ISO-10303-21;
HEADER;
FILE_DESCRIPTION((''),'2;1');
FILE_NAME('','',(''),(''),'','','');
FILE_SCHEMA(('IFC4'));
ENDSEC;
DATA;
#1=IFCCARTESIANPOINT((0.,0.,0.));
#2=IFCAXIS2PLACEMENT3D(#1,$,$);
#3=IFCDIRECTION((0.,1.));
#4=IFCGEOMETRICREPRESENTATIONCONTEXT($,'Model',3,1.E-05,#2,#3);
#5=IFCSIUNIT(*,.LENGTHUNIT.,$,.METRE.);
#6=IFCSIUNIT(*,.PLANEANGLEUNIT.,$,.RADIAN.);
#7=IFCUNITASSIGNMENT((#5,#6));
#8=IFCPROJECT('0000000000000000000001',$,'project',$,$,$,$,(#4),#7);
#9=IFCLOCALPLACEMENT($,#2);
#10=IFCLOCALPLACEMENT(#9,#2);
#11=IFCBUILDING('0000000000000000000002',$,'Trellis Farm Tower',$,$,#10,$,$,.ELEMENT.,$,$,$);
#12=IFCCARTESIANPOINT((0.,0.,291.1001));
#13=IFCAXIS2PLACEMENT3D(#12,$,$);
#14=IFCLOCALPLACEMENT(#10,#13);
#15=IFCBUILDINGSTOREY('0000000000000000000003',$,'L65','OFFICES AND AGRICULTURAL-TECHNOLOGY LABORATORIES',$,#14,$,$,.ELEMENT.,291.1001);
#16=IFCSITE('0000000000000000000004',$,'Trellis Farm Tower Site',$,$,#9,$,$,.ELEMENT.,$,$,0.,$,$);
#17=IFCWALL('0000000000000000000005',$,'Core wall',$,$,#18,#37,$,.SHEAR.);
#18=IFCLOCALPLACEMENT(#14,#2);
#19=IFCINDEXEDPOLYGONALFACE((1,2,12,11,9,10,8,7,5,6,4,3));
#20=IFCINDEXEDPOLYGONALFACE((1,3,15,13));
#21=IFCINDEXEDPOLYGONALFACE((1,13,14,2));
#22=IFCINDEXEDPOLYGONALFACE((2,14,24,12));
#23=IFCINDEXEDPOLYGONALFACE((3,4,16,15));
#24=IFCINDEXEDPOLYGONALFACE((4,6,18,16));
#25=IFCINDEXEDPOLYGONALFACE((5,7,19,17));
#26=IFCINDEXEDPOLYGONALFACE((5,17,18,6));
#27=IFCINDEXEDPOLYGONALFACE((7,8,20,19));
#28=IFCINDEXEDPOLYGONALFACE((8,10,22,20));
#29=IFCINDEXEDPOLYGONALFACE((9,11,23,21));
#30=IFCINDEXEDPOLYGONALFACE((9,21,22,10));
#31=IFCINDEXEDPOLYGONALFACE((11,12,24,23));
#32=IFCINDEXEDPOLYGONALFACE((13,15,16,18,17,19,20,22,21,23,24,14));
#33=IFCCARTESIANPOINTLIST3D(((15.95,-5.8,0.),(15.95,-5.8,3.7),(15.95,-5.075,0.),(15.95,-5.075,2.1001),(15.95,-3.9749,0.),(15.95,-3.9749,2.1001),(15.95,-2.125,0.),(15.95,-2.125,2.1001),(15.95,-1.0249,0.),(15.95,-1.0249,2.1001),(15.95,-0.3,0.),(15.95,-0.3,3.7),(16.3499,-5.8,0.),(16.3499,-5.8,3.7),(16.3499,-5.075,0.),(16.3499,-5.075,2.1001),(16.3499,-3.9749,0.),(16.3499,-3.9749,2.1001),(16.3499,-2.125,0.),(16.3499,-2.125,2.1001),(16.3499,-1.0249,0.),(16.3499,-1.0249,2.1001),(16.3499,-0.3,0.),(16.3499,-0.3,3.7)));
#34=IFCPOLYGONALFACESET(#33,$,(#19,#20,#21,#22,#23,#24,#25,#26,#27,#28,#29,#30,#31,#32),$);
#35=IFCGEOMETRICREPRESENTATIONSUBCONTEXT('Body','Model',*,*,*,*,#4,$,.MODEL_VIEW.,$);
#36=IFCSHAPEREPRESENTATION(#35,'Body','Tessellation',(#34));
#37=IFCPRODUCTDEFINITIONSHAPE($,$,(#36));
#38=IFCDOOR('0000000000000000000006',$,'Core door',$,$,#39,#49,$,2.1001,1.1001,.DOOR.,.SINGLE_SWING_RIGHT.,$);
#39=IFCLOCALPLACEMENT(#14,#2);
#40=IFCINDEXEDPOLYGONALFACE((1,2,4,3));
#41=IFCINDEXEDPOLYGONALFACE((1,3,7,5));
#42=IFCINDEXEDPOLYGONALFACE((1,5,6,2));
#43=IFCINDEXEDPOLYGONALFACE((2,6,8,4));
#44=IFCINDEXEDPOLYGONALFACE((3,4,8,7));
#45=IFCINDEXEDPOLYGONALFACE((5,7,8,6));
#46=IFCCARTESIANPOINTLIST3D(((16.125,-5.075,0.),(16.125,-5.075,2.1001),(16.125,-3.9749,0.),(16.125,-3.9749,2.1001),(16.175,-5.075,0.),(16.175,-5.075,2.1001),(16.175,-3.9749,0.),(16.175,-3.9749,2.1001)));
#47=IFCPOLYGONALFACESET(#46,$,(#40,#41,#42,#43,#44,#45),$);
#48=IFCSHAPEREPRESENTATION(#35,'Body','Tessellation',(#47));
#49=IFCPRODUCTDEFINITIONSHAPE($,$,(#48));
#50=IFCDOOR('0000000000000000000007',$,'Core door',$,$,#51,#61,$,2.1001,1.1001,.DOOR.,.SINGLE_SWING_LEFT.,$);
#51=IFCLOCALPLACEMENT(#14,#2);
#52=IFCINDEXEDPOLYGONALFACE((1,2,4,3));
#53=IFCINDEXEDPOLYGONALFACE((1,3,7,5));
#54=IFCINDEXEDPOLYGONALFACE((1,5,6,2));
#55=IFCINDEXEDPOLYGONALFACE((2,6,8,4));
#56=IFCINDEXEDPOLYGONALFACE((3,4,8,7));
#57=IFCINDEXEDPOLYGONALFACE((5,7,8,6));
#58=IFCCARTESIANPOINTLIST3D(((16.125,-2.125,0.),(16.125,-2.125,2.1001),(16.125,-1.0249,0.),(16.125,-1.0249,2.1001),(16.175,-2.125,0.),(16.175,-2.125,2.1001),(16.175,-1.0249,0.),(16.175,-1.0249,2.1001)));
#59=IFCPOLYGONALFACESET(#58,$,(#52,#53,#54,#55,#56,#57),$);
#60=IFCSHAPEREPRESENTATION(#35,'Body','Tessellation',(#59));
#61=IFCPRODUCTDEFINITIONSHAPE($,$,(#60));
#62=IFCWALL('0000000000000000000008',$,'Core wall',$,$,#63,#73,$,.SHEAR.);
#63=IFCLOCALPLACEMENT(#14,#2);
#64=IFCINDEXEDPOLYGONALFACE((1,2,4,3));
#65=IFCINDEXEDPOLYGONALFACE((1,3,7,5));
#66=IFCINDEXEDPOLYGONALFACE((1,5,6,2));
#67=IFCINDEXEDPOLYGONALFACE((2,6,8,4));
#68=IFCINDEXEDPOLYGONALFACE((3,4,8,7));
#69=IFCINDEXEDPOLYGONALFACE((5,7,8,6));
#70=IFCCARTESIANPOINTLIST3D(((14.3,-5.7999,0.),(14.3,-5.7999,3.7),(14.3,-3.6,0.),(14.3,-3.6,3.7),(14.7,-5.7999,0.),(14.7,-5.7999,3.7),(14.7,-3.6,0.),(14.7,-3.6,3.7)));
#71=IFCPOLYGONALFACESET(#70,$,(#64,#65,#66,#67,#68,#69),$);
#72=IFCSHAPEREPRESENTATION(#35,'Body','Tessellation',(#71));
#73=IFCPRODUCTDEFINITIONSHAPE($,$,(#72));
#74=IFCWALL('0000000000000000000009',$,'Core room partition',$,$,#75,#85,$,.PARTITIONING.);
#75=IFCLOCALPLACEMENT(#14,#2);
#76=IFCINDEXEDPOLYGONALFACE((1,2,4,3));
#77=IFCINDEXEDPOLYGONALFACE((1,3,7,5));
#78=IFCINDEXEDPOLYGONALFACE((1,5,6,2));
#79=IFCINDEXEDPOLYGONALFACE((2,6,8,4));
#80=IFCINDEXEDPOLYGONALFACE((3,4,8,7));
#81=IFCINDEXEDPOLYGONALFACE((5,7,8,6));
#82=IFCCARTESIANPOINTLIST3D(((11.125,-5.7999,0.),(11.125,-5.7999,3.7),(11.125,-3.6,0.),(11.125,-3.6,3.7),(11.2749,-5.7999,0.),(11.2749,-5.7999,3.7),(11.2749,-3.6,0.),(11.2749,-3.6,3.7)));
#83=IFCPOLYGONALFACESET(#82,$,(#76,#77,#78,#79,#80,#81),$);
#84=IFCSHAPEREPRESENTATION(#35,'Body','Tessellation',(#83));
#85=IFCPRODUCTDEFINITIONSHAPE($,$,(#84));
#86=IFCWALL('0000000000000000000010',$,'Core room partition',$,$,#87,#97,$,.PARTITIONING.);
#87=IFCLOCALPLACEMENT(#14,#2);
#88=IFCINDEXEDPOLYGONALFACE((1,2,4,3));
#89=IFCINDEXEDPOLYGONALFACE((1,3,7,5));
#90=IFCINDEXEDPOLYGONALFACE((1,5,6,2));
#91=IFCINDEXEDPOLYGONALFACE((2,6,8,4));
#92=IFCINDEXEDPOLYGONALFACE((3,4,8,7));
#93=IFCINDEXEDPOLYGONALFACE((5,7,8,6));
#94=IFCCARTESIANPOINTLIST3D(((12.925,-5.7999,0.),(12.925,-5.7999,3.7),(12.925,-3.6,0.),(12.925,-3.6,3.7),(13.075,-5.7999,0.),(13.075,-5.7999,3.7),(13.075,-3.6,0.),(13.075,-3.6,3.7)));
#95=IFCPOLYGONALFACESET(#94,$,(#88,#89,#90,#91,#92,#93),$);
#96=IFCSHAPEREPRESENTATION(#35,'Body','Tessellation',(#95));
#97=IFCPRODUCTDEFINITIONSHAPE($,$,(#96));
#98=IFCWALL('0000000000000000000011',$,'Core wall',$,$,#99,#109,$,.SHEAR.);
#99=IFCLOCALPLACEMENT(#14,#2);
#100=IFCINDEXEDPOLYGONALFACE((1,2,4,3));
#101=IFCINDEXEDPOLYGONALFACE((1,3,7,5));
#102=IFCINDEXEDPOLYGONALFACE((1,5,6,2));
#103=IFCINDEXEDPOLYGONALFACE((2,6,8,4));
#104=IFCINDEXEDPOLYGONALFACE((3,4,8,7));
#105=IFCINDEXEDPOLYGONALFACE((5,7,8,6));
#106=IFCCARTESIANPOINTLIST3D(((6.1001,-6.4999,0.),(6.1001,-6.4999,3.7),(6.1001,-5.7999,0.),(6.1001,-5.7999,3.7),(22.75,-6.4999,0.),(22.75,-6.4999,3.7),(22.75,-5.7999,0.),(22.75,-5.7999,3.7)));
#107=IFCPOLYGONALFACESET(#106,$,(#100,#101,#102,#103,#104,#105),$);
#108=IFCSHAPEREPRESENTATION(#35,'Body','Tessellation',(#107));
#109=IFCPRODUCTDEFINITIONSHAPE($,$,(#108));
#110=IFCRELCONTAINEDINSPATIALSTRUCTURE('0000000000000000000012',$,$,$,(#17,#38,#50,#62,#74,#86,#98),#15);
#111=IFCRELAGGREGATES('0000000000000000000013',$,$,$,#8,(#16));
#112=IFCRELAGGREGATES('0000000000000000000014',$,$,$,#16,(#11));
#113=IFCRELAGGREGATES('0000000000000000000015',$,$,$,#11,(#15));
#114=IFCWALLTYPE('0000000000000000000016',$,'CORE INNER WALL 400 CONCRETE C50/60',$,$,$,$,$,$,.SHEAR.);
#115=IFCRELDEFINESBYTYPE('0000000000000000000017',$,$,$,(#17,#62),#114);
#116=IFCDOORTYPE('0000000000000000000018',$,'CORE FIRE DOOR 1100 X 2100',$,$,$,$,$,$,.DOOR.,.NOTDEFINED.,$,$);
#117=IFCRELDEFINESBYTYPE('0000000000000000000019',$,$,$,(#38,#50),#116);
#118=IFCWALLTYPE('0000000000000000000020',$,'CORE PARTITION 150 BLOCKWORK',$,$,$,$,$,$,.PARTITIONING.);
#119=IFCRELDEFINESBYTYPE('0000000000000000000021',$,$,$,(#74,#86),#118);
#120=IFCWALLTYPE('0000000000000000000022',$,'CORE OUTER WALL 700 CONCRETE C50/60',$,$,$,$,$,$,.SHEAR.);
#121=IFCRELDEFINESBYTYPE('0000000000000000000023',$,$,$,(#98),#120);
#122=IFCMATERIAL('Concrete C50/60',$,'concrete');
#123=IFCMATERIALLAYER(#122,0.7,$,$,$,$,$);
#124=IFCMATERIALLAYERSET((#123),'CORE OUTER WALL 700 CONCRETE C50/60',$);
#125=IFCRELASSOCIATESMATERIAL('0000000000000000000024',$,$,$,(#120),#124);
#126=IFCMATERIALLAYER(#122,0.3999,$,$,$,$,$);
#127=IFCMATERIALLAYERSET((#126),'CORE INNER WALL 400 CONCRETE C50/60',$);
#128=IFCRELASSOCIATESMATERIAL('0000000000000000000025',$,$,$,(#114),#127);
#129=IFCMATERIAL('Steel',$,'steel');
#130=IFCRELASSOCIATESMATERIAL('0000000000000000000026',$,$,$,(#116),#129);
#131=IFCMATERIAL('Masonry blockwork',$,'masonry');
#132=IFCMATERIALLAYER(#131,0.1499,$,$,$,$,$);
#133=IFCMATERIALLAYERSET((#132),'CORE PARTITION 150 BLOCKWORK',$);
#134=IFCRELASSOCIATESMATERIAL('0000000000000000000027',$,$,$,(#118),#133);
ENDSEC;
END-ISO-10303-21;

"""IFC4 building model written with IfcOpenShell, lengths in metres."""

from ifc_helpers import new_model, si_unit, direction, frame, frame_2d, origin, place, context, subcontext, project, spatial, rectangle, extrude, source, transform, mapped, material, layer, layer_set, type_object, element, fill, save


model = new_model("IFC4")

# Units and contexts
model_context = context("Model", 3, precision=1e-05, world=origin(), true_north=direction((0.0, 1.0)))
body_context = subcontext(model_context, "Body", "Model", "MODEL_VIEW")
ifc_project = project(units=[si_unit("LENGTHUNIT", "METRE"), si_unit("PLANEANGLEUNIT", "RADIAN")], contexts=[model_context])

# Site, building, storey
site_placement = place(None, origin())
site = spatial("IfcSite", under=ifc_project, at=site_placement, Name="Trellis Farm Tower Site", CompositionType="ELEMENT", RefElevation=0.0)
building_placement = place(site_placement, origin())
building = spatial("IfcBuilding", under=site, at=building_placement, Name="Trellis Farm Tower", CompositionType="ELEMENT")
storey_placement = place(building_placement, frame((0.0, 0.0, 291.1001)))
storey = spatial("IfcBuildingStorey", under=building, at=storey_placement, Name="L65", Description="OFFICES AND AGRICULTURAL-TECHNOLOGY LABORATORIES", CompositionType="ELEMENT", Elevation=291.1001)

# Shared definitions
ifc_material_1 = material(Name="Concrete C50/60", Category="concrete")
ifc_layer_1 = layer(ifc_material_1, 0.7)
ifc_layer_set_1 = layer_set([ifc_layer_1], Name="CORE OUTER WALL 700 CONCRETE C50/60")
wall_type_1 = type_object("IfcWallType", Name="CORE OUTER WALL 700 CONCRETE C50/60", PredefinedType="SHEAR", material=ifc_layer_set_1)
ifc_material_2 = material(Name="Steel", Category="steel")

# Wall, openings, doors
ifc_layer_2 = layer(ifc_material_1, 0.3999)
ifc_layer_set_2 = layer_set([ifc_layer_2], Name="CORE INNER WALL 400 CONCRETE C50/60")
wall_type_2 = type_object("IfcWallType", Name="CORE INNER WALL 400 CONCRETE C50/60", PredefinedType="SHEAR", material=ifc_layer_set_2)
shared_shape_1 = source(origin(), body_context, "Body", "SweptSolid", [
    extrude(rectangle(XDim=5.5, YDim=0.3999, at=frame_2d((2.75, 0.0))), origin(), (0.0, 0.0, 1.0), 3.7),
])
wall_1_placement = place(storey_placement, frame((16.1499, -5.8, 0.0), z_axis=(0.0, 0.0, 1.0), x_axis=(0.0, 1.0, 0.0)))
wall_1 = element("IfcWall", 1, at=wall_1_placement, inside=storey, type_object=wall_type_2, Name="Core wall", PredefinedType="SHEAR", context=body_context, shape_type="MappedRepresentation", body=[
    mapped(shared_shape_1, transform((0.0, 0.0, 0.0))),
])
shared_shape_2 = source(origin(), body_context, "Body", "SweptSolid", [
    extrude(rectangle(XDim=1.1001, YDim=2.1001, at=frame_2d((0.55, 1.05))), frame((0.0, 0.21, 0.0), z_axis=(0.0, -1.0, 0.0), x_axis=(1.0, 0.0, 0.0)), (0.0, 0.0, 1.0), 0.4199),
])
opening_1_placement = place(wall_1_placement, frame((0.7251, 0.0, 0.0)))
opening_1 = element("IfcOpeningElement", 2, at=opening_1_placement, cuts=wall_1, PredefinedType="OPENING", context=body_context, shape_type="MappedRepresentation", body=[
    mapped(shared_shape_2, transform((0.0, 0.0, 0.0))),
])
opening_2_placement = place(wall_1_placement, frame((3.675, 0.0, 0.0)))
opening_2 = element("IfcOpeningElement", 3, at=opening_2_placement, cuts=wall_1, PredefinedType="OPENING", context=body_context, shape_type="MappedRepresentation", body=[
    mapped(shared_shape_2, transform((0.0, 0.0, 0.0))),
])
door_type_1 = type_object("IfcDoorType", Name="CORE FIRE DOOR 1100 X 2100", OperationType="NOTDEFINED", PredefinedType="DOOR", material=ifc_material_2)
shared_shape_3 = source(origin(), body_context, "Body", "SweptSolid", [
    extrude(rectangle(XDim=1.1001, YDim=2.1001, at=frame_2d((0.55, 1.05))), frame((0.0, 0.0249, 0.0), z_axis=(0.0, -1.0, 0.0), x_axis=(1.0, 0.0, 0.0)), (0.0, 0.0, 1.0), 0.05),
])
door_1_placement = place(opening_1_placement, origin())
door_1 = element("IfcDoor", 4, at=door_1_placement, inside=storey, type_object=door_type_1, Name="Core door", OperationType="SINGLE_SWING_RIGHT", OverallHeight=2.1001, OverallWidth=1.1001, PredefinedType="DOOR", context=body_context, shape_type="MappedRepresentation", body=[
    mapped(shared_shape_3, transform((0.0, 0.0, 0.0))),
])
fill(opening_1, door_1)
door_2_placement = place(opening_2_placement, origin())
door_2 = element("IfcDoor", 5, at=door_2_placement, inside=storey, type_object=door_type_1, Name="Core door", OperationType="SINGLE_SWING_LEFT", OverallHeight=2.1001, OverallWidth=1.1001, PredefinedType="DOOR", context=body_context, shape_type="MappedRepresentation", body=[
    mapped(shared_shape_3, transform((0.0, 0.0, 0.0))),
])
fill(opening_2, door_2)

# Walls
shared_shape_4 = source(origin(), body_context, "Body", "SweptSolid", [
    extrude(rectangle(XDim=2.2, YDim=0.3999, at=frame_2d((1.1001, 0.0))), origin(), (0.0, 0.0, 1.0), 3.7),
])
wall_2_placement = place(storey_placement, frame((14.5, -5.8, 0.0), z_axis=(0.0, 0.0, 1.0), x_axis=(0.0, 1.0, 0.0)))
element("IfcWall", 6, at=wall_2_placement, inside=storey, type_object=wall_type_2, Name="Core wall", PredefinedType="SHEAR", context=body_context, shape_type="MappedRepresentation", body=[
    mapped(shared_shape_4, transform((0.0, 0.0, 0.0))),
])
ifc_material_3 = material(Name="Masonry blockwork", Category="masonry")
ifc_layer_3 = layer(ifc_material_3, 0.1499)
ifc_layer_set_3 = layer_set([ifc_layer_3], Name="CORE PARTITION 150 BLOCKWORK")
wall_type_3 = type_object("IfcWallType", Name="CORE PARTITION 150 BLOCKWORK", PredefinedType="PARTITIONING", material=ifc_layer_set_3)
shared_shape_5 = source(origin(), body_context, "Body", "SweptSolid", [
    extrude(rectangle(XDim=2.2, YDim=0.1499, at=frame_2d((1.1001, 0.0))), origin(), (0.0, 0.0, 1.0), 3.7),
])
for number, where, z_axis, x_axis, name in (
    (7, (11.2, -5.8, 0.0), (0.0, 0.0, 1.0), (0.0, 1.0, 0.0), "Core room partition"),
    (8, (13.0, -5.8, 0.0), (0.0, 0.0, 1.0), (0.0, 1.0, 0.0), "Core room partition"),
):
    element("IfcWall", number, at=place(storey_placement, frame(where, z_axis=z_axis, x_axis=x_axis)), inside=storey, type_object=wall_type_3, Name=name, PredefinedType="PARTITIONING", context=body_context, shape_type="MappedRepresentation", body=[
        mapped(shared_shape_5, transform((0.0, 0.0, 0.0))),
    ])
shared_shape_6 = source(origin(), body_context, "Body", "SweptSolid", [
    extrude(rectangle(XDim=16.6499, YDim=0.7, at=frame_2d((8.325, 0.0))), origin(), (0.0, 0.0, 1.0), 3.7),
])
wall_3_placement = place(storey_placement, frame((6.1001, -6.1499, 0.0), z_axis=(0.0, 0.0, 1.0), x_axis=(1.0, 0.0, 0.0)))
element("IfcWall", 9, at=wall_3_placement, inside=storey, type_object=wall_type_1, Name="Core wall", PredefinedType="SHEAR", context=body_context, shape_type="MappedRepresentation", body=[
    mapped(shared_shape_6, transform((0.0, 0.0, 0.0))),
])

save(model, "model.ifc")
